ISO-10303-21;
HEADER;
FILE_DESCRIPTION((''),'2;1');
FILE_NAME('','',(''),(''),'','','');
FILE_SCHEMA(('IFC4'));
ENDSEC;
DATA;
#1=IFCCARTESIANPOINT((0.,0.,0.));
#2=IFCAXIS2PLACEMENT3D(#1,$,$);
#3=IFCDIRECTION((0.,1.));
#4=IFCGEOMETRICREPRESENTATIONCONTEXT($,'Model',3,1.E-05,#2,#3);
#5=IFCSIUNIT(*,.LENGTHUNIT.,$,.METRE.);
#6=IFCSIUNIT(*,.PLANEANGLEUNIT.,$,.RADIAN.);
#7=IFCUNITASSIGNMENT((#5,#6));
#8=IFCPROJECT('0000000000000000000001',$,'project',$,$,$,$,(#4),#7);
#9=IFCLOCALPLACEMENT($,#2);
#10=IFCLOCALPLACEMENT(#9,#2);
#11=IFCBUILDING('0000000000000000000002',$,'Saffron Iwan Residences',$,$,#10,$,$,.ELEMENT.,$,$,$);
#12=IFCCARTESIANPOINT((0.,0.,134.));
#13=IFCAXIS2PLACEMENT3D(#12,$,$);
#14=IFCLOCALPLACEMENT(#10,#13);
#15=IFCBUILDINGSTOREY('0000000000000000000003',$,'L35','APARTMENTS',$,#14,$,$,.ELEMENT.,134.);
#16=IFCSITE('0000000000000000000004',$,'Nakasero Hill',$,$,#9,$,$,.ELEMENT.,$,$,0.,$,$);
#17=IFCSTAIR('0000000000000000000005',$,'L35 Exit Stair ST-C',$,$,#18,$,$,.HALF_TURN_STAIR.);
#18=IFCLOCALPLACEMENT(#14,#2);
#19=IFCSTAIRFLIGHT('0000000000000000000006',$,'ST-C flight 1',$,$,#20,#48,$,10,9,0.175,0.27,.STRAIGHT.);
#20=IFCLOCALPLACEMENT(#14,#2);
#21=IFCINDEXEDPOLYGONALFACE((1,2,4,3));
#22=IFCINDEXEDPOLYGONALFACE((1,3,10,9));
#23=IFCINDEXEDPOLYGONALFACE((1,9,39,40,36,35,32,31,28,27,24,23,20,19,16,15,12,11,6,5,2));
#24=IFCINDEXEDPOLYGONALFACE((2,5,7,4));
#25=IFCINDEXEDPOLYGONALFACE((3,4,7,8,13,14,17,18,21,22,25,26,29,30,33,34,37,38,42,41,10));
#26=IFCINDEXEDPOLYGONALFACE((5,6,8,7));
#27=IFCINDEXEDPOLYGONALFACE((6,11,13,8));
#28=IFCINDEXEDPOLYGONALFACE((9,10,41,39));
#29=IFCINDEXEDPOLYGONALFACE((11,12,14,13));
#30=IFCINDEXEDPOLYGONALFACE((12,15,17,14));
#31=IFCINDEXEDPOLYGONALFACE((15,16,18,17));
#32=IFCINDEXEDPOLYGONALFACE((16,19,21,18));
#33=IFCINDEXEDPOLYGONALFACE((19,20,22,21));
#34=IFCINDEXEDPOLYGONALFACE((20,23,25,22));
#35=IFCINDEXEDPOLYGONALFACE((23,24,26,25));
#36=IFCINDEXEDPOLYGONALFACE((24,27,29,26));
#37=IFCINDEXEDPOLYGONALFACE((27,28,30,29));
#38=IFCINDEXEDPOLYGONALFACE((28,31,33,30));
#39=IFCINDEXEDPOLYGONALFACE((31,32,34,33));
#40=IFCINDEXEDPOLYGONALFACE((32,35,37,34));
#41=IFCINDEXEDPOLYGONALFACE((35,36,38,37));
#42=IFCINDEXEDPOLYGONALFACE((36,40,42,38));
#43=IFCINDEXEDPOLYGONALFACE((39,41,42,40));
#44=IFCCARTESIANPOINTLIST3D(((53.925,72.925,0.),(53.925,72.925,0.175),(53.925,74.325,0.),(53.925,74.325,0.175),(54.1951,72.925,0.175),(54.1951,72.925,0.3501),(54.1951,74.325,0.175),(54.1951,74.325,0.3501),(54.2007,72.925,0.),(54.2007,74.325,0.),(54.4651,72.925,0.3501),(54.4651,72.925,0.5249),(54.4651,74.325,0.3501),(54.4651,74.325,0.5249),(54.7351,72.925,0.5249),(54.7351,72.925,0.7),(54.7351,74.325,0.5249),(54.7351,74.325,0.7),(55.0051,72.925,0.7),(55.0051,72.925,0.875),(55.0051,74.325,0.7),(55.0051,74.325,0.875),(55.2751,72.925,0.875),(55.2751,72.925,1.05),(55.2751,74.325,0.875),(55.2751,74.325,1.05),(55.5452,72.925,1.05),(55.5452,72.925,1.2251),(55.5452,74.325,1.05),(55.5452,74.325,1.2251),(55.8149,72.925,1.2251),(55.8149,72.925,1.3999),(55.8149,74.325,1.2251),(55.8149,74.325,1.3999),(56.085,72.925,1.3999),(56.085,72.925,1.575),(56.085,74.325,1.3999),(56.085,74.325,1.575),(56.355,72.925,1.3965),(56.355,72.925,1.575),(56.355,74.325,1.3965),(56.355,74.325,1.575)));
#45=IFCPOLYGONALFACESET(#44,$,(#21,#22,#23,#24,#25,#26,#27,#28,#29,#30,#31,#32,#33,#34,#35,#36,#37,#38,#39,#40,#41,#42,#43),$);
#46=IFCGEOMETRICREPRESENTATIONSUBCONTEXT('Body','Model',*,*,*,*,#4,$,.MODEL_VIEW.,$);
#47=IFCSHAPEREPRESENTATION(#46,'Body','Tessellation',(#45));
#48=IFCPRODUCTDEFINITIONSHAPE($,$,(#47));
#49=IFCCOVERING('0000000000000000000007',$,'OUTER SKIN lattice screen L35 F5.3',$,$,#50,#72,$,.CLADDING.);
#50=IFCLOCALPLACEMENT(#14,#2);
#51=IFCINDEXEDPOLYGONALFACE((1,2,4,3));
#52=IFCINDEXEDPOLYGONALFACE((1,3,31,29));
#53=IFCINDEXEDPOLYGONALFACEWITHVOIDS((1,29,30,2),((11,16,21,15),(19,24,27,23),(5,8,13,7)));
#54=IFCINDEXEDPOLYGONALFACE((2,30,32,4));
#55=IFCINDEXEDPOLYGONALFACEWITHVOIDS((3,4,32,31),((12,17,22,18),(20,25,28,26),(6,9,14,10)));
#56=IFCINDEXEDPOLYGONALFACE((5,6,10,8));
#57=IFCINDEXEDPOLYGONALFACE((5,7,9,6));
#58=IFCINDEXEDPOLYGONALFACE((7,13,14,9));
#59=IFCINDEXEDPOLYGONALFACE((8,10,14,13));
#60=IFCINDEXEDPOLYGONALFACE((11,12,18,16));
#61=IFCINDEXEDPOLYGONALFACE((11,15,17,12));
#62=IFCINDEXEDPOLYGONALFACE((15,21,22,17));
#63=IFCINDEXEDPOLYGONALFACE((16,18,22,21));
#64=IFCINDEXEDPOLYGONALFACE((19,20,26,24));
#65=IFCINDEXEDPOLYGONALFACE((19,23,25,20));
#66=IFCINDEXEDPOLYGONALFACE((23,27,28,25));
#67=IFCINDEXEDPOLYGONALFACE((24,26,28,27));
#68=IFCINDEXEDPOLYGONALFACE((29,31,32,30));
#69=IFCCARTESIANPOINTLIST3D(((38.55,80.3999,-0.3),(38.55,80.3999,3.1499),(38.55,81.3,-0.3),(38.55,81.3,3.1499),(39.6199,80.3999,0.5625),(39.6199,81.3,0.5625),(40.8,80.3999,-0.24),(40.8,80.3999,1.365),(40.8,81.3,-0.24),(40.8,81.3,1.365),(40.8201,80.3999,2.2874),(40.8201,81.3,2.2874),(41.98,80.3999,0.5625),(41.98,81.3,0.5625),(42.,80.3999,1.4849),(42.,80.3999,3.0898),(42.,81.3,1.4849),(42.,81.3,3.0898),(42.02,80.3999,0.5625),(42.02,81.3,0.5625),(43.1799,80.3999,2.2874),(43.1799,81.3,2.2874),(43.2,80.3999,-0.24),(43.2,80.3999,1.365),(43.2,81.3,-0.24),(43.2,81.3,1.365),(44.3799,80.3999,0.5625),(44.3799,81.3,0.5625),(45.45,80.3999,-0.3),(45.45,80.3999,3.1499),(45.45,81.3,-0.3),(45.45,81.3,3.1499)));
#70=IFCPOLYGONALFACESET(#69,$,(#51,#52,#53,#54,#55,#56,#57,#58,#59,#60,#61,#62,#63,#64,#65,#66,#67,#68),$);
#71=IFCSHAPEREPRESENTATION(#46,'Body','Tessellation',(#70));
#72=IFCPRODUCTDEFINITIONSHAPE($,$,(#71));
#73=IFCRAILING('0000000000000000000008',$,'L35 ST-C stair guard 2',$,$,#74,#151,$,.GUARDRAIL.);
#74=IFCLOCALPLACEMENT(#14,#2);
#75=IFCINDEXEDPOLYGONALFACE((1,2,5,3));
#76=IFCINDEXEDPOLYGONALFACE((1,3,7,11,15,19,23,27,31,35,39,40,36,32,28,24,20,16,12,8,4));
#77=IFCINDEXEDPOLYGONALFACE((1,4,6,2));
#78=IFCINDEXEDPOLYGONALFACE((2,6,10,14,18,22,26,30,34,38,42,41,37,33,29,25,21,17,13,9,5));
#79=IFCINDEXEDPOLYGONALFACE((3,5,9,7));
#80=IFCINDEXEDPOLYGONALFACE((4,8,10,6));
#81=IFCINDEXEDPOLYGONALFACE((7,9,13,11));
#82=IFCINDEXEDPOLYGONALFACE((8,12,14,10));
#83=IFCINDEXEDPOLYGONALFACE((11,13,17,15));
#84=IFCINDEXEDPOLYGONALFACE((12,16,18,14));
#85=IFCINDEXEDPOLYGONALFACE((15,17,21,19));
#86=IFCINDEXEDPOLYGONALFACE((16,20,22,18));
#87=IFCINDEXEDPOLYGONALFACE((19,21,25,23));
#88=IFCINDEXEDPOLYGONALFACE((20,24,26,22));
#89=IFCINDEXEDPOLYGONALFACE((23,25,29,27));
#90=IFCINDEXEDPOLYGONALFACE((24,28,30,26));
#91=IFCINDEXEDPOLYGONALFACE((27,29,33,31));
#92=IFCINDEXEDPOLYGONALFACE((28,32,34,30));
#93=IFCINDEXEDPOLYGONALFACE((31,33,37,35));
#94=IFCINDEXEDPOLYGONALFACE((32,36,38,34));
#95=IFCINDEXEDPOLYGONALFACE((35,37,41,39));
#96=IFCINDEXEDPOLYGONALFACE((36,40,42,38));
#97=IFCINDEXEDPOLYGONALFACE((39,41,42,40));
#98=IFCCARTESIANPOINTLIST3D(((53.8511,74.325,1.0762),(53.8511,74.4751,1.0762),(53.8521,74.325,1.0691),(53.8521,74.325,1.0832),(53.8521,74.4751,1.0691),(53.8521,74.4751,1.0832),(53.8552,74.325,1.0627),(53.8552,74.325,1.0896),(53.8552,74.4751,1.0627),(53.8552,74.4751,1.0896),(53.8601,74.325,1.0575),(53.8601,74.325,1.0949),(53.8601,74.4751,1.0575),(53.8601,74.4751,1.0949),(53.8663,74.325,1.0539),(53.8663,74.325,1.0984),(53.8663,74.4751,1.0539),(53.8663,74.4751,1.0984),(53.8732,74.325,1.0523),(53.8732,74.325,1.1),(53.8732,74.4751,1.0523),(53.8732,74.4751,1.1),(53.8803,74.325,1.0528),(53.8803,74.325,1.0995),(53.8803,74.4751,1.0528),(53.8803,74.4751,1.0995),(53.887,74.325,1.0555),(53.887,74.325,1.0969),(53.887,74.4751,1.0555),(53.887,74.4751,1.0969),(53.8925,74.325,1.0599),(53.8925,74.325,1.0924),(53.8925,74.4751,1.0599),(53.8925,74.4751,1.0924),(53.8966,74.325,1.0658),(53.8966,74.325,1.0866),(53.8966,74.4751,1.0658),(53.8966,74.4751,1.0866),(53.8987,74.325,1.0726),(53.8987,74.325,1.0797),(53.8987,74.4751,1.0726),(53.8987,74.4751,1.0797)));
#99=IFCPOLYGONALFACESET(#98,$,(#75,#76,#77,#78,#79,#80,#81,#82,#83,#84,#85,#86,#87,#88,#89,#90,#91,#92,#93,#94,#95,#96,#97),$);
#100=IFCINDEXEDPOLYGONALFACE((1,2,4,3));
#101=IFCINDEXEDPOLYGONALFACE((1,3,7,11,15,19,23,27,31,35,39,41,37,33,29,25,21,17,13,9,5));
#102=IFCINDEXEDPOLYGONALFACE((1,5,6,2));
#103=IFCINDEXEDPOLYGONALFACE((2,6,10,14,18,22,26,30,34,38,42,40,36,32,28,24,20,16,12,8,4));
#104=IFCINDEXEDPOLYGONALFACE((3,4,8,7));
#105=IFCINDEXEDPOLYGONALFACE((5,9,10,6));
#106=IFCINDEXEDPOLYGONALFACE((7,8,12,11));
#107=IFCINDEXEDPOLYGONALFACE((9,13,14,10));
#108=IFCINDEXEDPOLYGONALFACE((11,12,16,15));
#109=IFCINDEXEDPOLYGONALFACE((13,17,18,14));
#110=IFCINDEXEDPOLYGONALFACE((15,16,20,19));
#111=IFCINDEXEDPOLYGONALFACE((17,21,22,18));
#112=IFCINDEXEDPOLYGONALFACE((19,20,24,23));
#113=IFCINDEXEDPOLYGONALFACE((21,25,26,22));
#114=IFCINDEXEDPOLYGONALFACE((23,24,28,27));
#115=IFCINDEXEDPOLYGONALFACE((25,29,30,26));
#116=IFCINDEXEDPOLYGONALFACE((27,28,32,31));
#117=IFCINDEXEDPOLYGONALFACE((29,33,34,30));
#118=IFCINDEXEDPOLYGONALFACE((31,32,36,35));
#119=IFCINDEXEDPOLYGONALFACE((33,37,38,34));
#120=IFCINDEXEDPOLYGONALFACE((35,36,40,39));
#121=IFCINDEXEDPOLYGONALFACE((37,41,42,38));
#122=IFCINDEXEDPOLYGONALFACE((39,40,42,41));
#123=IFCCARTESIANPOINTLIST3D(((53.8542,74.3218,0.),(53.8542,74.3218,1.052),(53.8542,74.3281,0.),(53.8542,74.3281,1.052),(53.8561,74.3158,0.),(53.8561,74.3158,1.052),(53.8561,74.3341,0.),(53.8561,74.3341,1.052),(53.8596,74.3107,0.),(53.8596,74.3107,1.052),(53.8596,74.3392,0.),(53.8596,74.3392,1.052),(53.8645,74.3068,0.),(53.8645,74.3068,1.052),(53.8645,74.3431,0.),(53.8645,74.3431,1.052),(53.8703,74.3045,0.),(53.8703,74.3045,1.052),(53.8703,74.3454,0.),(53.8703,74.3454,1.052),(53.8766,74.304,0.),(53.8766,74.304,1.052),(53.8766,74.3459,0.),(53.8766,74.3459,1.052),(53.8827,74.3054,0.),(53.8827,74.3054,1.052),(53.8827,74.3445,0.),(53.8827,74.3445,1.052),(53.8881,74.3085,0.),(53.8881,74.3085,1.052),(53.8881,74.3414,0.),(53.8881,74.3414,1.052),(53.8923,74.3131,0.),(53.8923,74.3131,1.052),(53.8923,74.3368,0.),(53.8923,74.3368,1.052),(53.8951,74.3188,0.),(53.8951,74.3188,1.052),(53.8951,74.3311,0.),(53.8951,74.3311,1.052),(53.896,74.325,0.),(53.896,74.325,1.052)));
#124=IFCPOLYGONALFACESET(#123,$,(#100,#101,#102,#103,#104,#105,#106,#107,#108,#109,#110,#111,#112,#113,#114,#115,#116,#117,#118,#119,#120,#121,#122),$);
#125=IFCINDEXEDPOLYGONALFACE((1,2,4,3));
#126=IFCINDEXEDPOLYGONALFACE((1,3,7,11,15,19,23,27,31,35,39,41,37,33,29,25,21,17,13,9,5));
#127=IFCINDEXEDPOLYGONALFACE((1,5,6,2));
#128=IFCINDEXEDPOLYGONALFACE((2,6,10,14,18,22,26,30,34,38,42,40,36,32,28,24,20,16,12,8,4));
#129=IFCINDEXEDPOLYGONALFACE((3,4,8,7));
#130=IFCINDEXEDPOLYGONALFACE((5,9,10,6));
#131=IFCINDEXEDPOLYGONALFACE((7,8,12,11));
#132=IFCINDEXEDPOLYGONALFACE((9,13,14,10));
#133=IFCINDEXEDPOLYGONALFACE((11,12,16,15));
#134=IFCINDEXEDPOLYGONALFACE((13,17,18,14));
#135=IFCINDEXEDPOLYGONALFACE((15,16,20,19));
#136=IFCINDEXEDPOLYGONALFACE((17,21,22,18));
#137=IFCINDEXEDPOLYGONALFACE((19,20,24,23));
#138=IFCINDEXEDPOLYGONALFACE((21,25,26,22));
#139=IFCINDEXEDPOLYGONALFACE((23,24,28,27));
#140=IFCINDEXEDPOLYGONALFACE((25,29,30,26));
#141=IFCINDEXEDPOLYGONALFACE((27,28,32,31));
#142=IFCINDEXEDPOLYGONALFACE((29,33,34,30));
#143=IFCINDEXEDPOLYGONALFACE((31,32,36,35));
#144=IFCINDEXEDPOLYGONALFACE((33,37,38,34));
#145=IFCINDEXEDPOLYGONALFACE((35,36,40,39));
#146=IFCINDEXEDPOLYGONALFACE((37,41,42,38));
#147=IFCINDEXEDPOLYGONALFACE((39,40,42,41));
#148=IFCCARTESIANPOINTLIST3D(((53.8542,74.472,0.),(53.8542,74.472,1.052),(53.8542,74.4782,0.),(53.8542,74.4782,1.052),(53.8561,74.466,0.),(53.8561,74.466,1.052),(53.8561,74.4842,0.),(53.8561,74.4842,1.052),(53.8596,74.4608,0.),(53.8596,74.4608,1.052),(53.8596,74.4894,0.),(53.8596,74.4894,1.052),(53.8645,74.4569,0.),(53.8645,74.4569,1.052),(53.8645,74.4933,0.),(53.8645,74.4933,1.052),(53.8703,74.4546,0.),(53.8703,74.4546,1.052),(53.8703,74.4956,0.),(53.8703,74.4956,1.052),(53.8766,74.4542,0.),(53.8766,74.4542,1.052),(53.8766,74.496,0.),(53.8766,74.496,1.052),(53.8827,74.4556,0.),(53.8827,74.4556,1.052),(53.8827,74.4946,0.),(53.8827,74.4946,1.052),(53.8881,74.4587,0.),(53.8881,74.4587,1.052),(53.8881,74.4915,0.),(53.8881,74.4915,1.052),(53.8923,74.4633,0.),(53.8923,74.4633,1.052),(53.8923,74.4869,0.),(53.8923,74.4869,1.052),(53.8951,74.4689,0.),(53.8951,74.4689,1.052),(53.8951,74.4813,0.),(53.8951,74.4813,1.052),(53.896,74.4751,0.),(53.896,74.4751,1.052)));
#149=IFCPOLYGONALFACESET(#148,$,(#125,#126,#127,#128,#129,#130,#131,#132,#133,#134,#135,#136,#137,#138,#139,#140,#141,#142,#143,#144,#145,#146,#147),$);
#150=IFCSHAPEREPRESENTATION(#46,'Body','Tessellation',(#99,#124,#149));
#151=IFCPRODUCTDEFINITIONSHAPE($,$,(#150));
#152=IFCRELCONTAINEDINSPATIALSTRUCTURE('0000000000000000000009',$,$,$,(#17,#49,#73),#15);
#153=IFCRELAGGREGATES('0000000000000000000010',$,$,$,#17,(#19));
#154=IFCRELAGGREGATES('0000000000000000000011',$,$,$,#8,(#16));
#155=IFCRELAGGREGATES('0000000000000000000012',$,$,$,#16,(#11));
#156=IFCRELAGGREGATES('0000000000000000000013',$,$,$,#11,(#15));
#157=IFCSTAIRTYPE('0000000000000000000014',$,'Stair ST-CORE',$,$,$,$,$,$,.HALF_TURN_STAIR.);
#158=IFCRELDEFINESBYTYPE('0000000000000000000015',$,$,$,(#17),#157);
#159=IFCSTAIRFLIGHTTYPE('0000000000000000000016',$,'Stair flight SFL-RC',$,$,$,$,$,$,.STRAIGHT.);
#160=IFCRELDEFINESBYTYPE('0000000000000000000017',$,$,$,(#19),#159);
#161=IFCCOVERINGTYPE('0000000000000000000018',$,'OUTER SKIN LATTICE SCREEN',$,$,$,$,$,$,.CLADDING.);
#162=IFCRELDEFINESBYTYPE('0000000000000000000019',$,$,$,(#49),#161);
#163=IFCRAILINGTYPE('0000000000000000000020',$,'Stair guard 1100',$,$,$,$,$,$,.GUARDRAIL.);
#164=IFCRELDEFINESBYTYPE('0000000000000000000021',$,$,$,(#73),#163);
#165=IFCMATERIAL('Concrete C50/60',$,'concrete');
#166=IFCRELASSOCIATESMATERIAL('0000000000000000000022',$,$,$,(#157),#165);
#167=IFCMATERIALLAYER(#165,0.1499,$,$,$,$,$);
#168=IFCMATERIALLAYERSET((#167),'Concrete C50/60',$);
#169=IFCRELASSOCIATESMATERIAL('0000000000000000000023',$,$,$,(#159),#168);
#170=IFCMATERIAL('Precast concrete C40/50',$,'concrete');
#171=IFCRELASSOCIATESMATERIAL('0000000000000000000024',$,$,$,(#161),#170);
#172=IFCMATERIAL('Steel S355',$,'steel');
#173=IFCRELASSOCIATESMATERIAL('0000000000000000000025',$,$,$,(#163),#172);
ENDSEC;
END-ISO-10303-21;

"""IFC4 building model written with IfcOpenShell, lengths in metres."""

from ifc_helpers import new_model, si_unit, direction, frame, origin, origin_2d, place, context, subcontext, project, spatial, polyline, circle, outline, extrude, material, layer, layer_set, type_object, element, aggregate, save


model = new_model("IFC4")

# Units and contexts
model_context = context("Model", 3, precision=1e-05, world=origin(), true_north=direction((0.0, 1.0)))
body_context = subcontext(model_context, "Body", "Model", "MODEL_VIEW")
ifc_project = project(units=[si_unit("LENGTHUNIT", "METRE"), si_unit("PLANEANGLEUNIT", "RADIAN")], contexts=[model_context])

# Site, building, storey
site_placement = place(None, origin())
site = spatial("IfcSite", under=ifc_project, at=site_placement, Name="Nakasero Hill", CompositionType="ELEMENT", RefElevation=0.0)
building_placement = place(site_placement, origin())
building = spatial("IfcBuilding", under=site, at=building_placement, Name="Saffron Iwan Residences", CompositionType="ELEMENT")
storey_placement = place(building_placement, frame((0.0, 0.0, 134.0)))
storey = spatial("IfcBuildingStorey", under=building, at=storey_placement, Name="L35", Description="APARTMENTS", CompositionType="ELEMENT", Elevation=134.0)

# Shared definitions
ifc_material_1 = material(Name="Concrete C50/60", Category="concrete")

# Stair, stair flight
stair_type = type_object("IfcStairType", Name="Stair ST-CORE", PredefinedType="HALF_TURN_STAIR", material=ifc_material_1)
stair_placement = place(storey_placement, origin())
stair = element("IfcStair", 1, at=stair_placement, inside=storey, type_object=stair_type, Name="L35 Exit Stair ST-C", PredefinedType="HALF_TURN_STAIR")
ifc_layer_1 = layer(ifc_material_1, 0.1499)
ifc_layer_set_1 = layer_set([ifc_layer_1], Name="Concrete C50/60")
stair_flight_type = type_object("IfcStairFlightType", Name="Stair flight SFL-RC", PredefinedType="STRAIGHT", material=ifc_layer_set_1)
stair_flight_placement = place(storey_placement, frame((53.925, 73.625, 0.0), z_axis=(0.0, 0.0, 1.0), x_axis=(1.0, 0.0, 0.0)))
stair_flight = element("IfcStairFlight", 2, at=stair_flight_placement, type_object=stair_flight_type, Name="ST-C flight 1", NumberOfRisers=10, NumberOfTreads=9, PredefinedType="STRAIGHT", RiserHeight=0.175, TreadLength=0.27, context=body_context, shape_type="SweptSolid", body=[
    extrude(outline(polyline([(0.0, 0.0), (0.0, 0.175), (0.27, 0.175), (0.27, 0.3501), (0.54, 0.3501), (0.54, 0.5249), (0.8101, 0.5249), (0.8101, 0.7), (1.0801, 0.7), (1.0801, 0.875), (1.3501, 0.875), (1.3501, 1.05), (1.6201, 1.05), (1.6201, 1.2251), (1.8899, 1.2251), (1.8899, 1.3999), (2.1599, 1.3999), (2.1599, 1.575), (2.4299, 1.575), (2.4299, 1.75), (2.4299, 1.3965), (0.2756, 0.0), (0.0, 0.0)])), frame((0.0, 0.7, 0.0), z_axis=(0.0, -1.0, 0.0), x_axis=(1.0, 0.0, 0.0)), (0.0, 0.0, 1.0), 1.3999),
])
aggregate(stair, [stair_flight])

# Covering
ifc_material_2 = material(Name="Precast concrete C40/50", Category="concrete")
covering_type_1 = type_object("IfcCoveringType", Name="OUTER SKIN LATTICE SCREEN", PredefinedType="CLADDING", material=ifc_material_2)
covering_placement = place(storey_placement, frame((45.45, 80.3999, -0.3), z_axis=(0.0, 1.0, 0.0), x_axis=(-1.0, 0.0, 0.0)))
element("IfcCovering", 3, at=covering_placement, inside=storey, type_object=covering_type_1, Name="OUTER SKIN lattice screen L35 F5.3", PredefinedType="CLADDING", context=body_context, shape_type="SweptSolid", body=[
    extrude(outline(polyline([(0.0, 0.0), (6.8999, 0.0), (6.8999, 3.45), (0.0, 3.45), (0.0, 0.0)]), holes=[polyline([(1.0701, 0.8625), (2.25, 0.0601), (3.4299, 0.8625), (2.25, 1.665), (1.0701, 0.8625)]), polyline([(3.47, 0.8625), (4.6499, 0.0601), (5.8301, 0.8625), (4.6499, 1.665), (3.47, 0.8625)]), polyline([(2.27, 2.5874), (3.45, 1.7849), (4.6299, 2.5874), (3.45, 3.3899), (2.27, 2.5874)])]), origin(), (0.0, 0.0, 1.0), 0.9001),
])

# Railing
ifc_material_3 = material(Name="Steel S355", Category="steel")
railing_type_1 = type_object("IfcRailingType", Name="Stair guard 1100", PredefinedType="GUARDRAIL", material=ifc_material_3)
railing_1_placement = place(storey_placement, frame((53.875, 74.325, 0.0)))
element("IfcRailing", 4, at=railing_1_placement, inside=storey, type_object=railing_type_1, Name="L35 ST-C stair guard 2", PredefinedType="GUARDRAIL", context=body_context, shape_type="SweptSolid", body=[
    extrude(circle(Radius=0.0239, at=origin_2d()), frame((0.0, 0.0, 1.0762), z_axis=(0.0, 1.0, 0.0), x_axis=(-1.0, 0.0, 0.0)), (0.0, 0.0, 1.0), 0.1501),
    extrude(circle(Radius=0.021, at=origin_2d()), origin(), (0.0, 0.0, 1.0), 1.052),
    extrude(circle(Radius=0.021, at=origin_2d()), frame((0.0, 0.1501, 0.0)), (0.0, 0.0, 1.0), 1.052),
])

save(model, "model.ifc")
